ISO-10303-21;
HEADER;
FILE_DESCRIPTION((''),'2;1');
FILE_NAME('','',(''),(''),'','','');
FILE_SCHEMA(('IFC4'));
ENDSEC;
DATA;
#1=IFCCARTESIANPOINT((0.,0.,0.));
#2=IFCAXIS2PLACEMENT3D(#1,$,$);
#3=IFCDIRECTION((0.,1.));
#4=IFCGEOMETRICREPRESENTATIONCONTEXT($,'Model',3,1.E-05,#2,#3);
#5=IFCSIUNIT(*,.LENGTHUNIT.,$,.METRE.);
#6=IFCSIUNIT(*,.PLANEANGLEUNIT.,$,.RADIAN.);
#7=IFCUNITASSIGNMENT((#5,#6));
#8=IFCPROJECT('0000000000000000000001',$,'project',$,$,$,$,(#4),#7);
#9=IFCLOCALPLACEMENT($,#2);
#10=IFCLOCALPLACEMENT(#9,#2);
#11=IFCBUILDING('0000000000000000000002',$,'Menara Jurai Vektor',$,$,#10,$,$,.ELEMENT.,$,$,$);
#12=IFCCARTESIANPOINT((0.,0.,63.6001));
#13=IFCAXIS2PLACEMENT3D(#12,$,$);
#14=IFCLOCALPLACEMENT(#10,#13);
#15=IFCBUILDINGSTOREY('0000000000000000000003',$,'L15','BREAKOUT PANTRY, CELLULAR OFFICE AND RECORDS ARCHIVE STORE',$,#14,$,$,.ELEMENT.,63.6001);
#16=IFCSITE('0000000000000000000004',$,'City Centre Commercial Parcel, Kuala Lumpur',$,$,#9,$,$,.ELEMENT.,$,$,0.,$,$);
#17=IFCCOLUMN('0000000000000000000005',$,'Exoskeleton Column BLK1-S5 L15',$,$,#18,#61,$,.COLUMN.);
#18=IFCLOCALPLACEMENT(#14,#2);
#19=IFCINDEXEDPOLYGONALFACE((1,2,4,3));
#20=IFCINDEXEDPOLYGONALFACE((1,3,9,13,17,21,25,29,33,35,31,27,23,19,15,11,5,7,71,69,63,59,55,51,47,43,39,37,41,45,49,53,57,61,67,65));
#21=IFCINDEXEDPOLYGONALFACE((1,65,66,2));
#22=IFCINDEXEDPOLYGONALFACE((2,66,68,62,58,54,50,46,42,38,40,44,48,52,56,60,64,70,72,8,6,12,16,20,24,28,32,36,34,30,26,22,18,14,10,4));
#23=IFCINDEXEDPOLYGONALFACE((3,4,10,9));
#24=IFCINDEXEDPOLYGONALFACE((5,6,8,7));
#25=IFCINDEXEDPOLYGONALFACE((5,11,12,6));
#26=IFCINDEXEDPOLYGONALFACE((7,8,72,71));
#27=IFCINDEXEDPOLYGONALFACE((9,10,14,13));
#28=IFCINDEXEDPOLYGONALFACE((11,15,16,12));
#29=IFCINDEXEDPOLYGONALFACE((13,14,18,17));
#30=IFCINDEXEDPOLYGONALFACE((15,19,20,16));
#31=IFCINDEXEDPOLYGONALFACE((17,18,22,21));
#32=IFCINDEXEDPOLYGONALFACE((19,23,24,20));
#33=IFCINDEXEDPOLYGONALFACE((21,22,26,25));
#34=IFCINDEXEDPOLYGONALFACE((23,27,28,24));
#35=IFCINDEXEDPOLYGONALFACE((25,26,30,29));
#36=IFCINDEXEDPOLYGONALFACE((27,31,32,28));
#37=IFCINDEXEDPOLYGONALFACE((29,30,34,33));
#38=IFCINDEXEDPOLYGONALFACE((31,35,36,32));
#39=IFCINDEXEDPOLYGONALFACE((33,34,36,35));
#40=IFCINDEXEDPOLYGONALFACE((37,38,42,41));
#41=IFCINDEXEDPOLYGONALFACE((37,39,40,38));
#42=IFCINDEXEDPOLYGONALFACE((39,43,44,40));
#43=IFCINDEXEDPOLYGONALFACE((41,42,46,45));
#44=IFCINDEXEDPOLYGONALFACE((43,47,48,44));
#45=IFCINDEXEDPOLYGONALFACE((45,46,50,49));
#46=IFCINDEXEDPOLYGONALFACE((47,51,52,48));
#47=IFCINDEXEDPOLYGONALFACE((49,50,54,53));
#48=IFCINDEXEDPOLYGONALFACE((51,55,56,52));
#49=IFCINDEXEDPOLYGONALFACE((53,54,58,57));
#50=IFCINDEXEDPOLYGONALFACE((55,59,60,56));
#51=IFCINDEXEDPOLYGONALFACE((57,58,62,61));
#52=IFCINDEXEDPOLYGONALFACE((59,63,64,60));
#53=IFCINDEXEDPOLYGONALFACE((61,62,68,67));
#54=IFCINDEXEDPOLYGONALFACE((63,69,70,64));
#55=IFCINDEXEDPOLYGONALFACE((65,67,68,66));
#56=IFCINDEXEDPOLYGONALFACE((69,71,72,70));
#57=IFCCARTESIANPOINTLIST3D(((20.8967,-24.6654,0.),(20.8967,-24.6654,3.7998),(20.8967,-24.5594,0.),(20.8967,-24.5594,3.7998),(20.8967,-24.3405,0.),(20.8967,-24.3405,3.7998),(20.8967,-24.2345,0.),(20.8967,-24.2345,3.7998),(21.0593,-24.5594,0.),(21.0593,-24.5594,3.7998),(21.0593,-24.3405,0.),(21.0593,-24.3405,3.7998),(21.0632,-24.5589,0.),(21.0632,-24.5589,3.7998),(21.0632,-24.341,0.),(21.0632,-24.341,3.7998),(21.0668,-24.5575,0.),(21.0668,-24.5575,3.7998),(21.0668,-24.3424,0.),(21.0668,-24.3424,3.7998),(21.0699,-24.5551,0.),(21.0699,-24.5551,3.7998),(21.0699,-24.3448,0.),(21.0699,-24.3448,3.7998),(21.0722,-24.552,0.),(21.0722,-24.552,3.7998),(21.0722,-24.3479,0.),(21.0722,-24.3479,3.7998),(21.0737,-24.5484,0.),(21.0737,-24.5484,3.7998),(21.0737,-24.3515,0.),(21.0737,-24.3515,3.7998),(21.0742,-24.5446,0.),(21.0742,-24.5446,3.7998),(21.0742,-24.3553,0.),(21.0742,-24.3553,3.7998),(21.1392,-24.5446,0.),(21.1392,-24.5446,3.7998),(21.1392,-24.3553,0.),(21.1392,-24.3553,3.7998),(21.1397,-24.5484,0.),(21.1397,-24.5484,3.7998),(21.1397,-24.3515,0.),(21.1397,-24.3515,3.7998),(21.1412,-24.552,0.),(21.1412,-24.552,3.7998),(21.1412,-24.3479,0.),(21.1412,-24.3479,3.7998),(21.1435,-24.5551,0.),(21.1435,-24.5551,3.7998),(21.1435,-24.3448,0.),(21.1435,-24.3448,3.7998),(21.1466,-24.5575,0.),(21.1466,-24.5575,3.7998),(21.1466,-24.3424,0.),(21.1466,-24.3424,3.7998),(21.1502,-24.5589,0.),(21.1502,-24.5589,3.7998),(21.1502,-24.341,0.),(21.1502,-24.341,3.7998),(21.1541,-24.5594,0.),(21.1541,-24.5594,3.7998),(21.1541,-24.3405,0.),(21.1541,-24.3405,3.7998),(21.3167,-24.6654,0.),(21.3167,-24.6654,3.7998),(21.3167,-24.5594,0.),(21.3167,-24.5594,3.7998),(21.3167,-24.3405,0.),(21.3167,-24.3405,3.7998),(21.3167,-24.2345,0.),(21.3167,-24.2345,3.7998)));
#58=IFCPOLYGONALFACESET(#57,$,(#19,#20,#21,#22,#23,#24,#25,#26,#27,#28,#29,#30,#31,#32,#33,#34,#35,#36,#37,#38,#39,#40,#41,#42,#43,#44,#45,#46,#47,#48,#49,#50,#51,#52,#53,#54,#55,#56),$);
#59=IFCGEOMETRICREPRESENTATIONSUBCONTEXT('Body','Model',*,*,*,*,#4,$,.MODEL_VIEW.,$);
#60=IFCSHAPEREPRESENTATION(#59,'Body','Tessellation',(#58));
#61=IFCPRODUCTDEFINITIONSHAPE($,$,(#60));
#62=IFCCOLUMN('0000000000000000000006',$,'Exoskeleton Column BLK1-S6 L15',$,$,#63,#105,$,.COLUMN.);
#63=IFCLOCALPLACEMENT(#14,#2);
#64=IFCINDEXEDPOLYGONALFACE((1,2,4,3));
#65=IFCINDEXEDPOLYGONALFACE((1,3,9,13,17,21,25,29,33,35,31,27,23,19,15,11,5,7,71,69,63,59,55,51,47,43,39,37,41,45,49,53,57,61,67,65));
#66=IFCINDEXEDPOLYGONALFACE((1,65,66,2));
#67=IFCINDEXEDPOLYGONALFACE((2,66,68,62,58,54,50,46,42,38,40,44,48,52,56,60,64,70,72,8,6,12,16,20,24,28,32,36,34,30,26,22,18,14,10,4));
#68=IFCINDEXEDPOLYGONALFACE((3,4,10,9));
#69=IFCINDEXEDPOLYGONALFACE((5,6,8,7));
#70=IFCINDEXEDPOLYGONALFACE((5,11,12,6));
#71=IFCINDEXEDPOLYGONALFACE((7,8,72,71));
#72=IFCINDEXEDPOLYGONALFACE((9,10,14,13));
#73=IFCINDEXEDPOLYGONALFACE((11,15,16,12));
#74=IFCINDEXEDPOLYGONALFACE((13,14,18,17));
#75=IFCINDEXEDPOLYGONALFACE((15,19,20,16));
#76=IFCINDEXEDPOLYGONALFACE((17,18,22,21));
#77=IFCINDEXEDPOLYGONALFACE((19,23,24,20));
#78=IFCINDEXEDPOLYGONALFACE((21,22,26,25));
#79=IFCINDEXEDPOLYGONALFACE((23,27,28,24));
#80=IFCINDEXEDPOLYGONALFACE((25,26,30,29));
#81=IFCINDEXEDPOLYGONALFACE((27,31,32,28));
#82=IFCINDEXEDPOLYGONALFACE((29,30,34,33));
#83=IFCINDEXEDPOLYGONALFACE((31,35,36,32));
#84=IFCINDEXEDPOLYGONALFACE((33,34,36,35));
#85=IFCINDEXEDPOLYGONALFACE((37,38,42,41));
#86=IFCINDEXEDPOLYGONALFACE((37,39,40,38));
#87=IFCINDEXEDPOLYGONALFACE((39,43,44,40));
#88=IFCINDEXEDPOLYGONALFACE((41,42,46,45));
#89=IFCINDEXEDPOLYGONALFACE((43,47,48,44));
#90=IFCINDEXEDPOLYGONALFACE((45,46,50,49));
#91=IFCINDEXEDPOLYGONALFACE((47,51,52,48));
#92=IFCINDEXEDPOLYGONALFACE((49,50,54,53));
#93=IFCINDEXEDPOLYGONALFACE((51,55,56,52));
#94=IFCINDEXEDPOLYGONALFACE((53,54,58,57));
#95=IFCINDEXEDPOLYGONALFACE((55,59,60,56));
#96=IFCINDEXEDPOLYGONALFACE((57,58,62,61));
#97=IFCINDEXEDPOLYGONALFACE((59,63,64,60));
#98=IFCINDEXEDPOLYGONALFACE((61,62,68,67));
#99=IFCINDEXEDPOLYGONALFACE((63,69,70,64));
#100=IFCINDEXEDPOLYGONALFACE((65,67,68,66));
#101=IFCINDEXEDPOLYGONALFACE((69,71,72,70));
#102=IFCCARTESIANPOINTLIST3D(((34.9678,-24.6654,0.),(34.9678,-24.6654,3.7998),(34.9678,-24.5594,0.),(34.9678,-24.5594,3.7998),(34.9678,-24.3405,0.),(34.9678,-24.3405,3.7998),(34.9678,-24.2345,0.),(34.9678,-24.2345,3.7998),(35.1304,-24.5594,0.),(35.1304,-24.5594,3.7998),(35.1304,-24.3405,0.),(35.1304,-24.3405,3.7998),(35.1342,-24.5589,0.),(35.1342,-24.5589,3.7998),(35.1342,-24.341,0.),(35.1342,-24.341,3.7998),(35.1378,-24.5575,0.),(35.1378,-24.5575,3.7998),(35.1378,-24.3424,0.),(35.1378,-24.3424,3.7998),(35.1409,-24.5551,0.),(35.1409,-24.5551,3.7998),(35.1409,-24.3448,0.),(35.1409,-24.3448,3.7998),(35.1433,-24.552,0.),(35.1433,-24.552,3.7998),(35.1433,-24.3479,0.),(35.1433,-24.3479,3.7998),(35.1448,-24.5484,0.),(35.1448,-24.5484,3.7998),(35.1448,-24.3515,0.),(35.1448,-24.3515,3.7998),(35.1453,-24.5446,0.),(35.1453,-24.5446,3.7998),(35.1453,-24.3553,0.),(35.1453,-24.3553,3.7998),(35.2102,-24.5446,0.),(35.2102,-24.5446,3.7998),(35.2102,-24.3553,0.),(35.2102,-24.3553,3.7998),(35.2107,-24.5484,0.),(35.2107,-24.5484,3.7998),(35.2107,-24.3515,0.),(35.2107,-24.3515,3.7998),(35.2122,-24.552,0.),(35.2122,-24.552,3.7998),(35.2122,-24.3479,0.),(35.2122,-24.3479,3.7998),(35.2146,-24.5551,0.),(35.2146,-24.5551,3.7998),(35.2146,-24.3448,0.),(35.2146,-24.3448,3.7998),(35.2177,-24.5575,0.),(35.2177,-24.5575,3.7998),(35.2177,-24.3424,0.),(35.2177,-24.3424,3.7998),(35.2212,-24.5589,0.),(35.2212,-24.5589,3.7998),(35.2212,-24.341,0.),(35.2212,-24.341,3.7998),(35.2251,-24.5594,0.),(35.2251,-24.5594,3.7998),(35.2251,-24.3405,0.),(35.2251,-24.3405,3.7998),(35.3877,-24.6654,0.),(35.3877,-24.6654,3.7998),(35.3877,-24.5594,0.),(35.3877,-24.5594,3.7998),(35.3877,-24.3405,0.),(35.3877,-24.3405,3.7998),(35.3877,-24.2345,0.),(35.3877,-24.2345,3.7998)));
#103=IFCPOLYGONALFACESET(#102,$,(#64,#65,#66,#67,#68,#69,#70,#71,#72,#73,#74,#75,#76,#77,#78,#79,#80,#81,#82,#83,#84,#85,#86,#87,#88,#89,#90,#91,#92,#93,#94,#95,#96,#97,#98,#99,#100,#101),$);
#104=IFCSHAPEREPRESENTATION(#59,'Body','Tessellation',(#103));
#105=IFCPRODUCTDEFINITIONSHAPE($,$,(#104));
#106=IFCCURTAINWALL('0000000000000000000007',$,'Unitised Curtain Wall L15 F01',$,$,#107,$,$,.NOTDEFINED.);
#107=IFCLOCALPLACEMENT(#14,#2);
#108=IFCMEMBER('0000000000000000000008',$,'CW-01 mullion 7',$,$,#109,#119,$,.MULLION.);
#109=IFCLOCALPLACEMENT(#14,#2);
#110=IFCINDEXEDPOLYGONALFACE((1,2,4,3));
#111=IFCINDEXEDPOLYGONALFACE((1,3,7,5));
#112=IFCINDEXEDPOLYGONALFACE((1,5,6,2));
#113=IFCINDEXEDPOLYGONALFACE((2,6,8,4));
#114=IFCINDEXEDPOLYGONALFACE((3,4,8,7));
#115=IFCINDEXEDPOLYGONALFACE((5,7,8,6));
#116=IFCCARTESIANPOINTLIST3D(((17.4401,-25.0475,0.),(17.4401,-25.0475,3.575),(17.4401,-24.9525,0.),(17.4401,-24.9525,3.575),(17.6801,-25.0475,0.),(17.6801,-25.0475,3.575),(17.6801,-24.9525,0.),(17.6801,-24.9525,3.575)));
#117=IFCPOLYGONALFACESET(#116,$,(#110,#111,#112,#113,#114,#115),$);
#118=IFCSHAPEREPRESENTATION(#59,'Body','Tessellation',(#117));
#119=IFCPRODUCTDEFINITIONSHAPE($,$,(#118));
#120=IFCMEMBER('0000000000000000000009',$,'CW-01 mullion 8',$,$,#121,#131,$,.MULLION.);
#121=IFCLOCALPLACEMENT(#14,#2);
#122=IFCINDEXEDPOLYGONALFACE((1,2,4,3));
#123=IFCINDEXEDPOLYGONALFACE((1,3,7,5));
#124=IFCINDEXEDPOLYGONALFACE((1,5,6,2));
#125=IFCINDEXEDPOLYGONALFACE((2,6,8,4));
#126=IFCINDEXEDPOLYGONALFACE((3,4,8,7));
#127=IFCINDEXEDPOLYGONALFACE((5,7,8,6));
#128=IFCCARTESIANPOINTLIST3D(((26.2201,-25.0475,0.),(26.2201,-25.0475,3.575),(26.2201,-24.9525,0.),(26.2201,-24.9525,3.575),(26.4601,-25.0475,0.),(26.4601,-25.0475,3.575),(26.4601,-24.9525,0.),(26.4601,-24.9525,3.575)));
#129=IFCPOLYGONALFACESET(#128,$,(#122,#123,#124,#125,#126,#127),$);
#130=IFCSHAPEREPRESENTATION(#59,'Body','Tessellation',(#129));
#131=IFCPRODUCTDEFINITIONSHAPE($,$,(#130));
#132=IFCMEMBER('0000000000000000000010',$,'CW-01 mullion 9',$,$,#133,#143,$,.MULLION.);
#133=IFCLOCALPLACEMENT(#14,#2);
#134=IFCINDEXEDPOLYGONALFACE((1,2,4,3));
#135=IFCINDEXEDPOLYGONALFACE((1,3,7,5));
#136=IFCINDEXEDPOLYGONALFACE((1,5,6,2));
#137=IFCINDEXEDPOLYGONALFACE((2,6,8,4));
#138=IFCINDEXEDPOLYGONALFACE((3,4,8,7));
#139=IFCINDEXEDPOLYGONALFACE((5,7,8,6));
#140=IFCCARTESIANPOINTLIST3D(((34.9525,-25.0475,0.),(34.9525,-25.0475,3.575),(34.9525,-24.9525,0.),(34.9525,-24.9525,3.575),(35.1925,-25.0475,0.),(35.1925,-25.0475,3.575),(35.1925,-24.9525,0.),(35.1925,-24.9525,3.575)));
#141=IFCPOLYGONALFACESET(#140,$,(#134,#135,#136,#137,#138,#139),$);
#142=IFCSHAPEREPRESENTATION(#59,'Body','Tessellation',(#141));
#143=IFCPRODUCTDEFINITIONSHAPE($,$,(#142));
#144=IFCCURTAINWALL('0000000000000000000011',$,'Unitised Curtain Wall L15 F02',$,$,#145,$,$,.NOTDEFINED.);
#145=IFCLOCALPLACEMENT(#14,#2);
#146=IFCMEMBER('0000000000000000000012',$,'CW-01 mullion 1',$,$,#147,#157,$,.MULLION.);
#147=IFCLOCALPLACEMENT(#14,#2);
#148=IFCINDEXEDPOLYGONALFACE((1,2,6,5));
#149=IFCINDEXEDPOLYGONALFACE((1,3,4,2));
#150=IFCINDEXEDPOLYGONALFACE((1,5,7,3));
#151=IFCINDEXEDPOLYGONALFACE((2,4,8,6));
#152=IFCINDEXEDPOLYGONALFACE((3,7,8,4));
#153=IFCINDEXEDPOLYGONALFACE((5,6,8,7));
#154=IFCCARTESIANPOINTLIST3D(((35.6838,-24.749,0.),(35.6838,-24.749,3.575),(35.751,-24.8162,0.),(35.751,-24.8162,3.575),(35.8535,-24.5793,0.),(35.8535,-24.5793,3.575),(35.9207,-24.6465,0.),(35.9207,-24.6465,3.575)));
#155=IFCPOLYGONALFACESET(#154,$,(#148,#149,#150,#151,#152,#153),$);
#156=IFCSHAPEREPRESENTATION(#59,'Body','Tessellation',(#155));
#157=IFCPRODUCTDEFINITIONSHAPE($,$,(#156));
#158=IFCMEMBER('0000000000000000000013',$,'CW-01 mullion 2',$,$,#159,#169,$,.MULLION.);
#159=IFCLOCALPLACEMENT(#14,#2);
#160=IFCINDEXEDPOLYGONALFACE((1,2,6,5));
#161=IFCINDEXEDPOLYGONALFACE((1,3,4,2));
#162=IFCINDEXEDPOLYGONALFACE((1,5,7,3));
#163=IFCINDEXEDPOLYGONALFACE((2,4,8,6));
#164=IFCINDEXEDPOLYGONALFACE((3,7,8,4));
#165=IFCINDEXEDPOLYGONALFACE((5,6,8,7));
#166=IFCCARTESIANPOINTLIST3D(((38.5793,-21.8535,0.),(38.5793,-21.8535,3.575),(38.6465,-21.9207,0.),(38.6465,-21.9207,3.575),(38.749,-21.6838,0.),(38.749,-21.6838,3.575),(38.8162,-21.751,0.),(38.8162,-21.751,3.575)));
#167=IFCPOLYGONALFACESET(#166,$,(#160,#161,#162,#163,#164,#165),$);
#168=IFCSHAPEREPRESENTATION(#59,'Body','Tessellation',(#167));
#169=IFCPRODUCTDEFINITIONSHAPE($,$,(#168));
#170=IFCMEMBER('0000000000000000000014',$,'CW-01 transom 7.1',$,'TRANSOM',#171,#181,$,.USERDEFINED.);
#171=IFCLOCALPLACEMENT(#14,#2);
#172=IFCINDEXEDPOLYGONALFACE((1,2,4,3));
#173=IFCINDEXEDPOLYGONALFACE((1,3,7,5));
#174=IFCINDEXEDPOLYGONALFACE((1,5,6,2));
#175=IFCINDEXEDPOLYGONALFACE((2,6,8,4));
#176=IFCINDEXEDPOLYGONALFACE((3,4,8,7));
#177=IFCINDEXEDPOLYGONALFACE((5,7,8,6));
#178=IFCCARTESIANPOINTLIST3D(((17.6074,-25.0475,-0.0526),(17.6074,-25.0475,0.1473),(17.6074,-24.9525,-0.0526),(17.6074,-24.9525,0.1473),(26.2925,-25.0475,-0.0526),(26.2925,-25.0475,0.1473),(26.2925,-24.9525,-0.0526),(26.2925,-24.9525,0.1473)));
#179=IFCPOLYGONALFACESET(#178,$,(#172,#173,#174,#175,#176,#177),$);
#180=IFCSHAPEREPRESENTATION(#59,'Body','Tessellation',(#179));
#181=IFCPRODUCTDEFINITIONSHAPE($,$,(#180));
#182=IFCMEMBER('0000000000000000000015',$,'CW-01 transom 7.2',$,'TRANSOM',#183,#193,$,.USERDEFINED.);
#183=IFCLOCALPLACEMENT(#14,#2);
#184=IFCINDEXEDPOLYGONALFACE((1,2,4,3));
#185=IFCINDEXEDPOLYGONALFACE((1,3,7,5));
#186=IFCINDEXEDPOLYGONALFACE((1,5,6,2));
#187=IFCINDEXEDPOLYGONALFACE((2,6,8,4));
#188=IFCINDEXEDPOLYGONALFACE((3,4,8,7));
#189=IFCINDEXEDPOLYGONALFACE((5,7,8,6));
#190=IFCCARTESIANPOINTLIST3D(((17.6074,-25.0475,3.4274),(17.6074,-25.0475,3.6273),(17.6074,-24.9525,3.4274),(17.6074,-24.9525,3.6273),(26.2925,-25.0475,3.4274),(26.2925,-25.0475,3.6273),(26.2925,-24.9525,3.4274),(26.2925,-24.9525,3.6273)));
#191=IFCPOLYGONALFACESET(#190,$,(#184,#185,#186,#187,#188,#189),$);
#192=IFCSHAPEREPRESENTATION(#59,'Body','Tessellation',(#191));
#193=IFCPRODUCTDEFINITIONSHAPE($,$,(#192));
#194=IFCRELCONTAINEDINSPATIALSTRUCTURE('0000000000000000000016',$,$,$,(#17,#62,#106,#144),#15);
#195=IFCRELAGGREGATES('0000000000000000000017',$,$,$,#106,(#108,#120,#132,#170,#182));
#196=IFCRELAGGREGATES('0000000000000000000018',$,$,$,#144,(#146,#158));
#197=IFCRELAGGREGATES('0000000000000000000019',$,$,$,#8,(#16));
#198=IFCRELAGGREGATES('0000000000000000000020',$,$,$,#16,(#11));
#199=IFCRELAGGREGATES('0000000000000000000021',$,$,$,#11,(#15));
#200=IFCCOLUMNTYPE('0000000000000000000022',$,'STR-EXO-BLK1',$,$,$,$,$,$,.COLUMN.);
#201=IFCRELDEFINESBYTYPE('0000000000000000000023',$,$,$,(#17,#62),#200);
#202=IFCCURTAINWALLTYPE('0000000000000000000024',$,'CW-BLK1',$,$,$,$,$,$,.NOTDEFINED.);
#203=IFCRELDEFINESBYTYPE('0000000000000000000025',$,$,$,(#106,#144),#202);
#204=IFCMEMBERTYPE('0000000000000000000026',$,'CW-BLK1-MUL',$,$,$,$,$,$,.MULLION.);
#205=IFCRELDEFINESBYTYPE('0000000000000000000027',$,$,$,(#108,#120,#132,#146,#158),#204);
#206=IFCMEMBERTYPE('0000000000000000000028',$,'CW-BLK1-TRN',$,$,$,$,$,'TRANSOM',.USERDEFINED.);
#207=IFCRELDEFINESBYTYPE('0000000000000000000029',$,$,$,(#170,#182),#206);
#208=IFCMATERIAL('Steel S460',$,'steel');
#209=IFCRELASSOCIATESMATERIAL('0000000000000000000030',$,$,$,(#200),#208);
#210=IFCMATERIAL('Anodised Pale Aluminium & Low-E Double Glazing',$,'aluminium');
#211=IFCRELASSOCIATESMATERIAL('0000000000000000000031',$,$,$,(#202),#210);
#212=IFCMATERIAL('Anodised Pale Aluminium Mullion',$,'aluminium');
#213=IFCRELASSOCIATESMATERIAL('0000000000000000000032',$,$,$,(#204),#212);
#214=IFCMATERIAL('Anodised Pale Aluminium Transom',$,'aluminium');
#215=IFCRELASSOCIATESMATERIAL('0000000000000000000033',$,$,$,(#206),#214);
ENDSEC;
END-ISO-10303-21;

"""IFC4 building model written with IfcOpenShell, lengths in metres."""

from ifc_helpers import new_model, si_unit, direction, frame, origin, origin_2d, place, context, subcontext, project, spatial, rectangle, i_section, extrude, material, material_profile, profile_set, type_object, element, aggregate, save


model = new_model("IFC4")

# Units and contexts
model_context = context("Model", 3, precision=1e-05, world=origin(), true_north=direction((0.0, 1.0)))
body_context = subcontext(model_context, "Body", "Model", "MODEL_VIEW")
ifc_project = project(units=[si_unit("LENGTHUNIT", "METRE"), si_unit("PLANEANGLEUNIT", "RADIAN")], contexts=[model_context])

# Site, building, storey
site_placement = place(None, origin())
site = spatial("IfcSite", under=ifc_project, at=site_placement, Name="City Centre Commercial Parcel, Kuala Lumpur", CompositionType="ELEMENT", RefElevation=0.0)
building_placement = place(site_placement, origin())
building = spatial("IfcBuilding", under=site, at=building_placement, Name="Menara Jurai Vektor", CompositionType="ELEMENT")
storey_placement = place(building_placement, frame((0.0, 0.0, 63.6001)))
storey = spatial("IfcBuildingStorey", under=building, at=storey_placement, Name="L15", Description="BREAKOUT PANTRY, CELLULAR OFFICE AND RECORDS ARCHIVE STORE", CompositionType="ELEMENT", Elevation=63.6001)

# Columns
ifc_material_1 = material(Name="Steel S460", Category="steel")
ifc_material_profile_1 = material_profile(ifc_material_1, i_section(OverallWidth=0.4199, OverallDepth=0.4309, WebThickness=0.0649, FlangeThickness=0.106, FilletRadius=0.0149, at=origin_2d()), Name="HD 400x900")
ifc_profile_set_1 = profile_set([ifc_material_profile_1], Name="Steel S460")
column_type = type_object("IfcColumnType", Name="STR-EXO-BLK1", PredefinedType="COLUMN", material=ifc_profile_set_1)
for number, where, z_axis, x_axis, name in (
    (1, (21.1067, -24.45, 0.0), (0.0, 0.0, 1.0), (1.0, 0.0, 0.0), "Exoskeleton Column BLK1-S5 L15"),
    (2, (35.1777, -24.45, 0.0), (0.0, 0.0, 1.0), (1.0, 0.0, 0.0), "Exoskeleton Column BLK1-S6 L15"),
):
    element("IfcColumn", number, at=place(storey_placement, frame(where, z_axis=z_axis, x_axis=x_axis)), inside=storey, type_object=column_type, Name=name, PredefinedType="COLUMN", context=body_context, shape_type="SweptSolid", body=[
        extrude(i_section(OverallWidth=0.4199, OverallDepth=0.4309, WebThickness=0.0649, FlangeThickness=0.106, FilletRadius=0.0149, at=origin_2d()), origin(), (0.0, 0.0, 1.0), 3.7998),
    ])

# Curtain walls, members
ifc_material_2 = material(Name="Anodised Pale Aluminium & Low-E Double Glazing", Category="aluminium")
curtain_wall_type = type_object("IfcCurtainWallType", Name="CW-BLK1", PredefinedType="NOTDEFINED", material=ifc_material_2)
curtain_wall_1_placement = place(storey_placement, origin())
curtain_wall_1 = element("IfcCurtainWall", 3, at=curtain_wall_1_placement, inside=storey, type_object=curtain_wall_type, Name="Unitised Curtain Wall L15 F01", PredefinedType="NOTDEFINED")
ifc_material_3 = material(Name="Anodised Pale Aluminium Mullion", Category="aluminium")
ifc_material_profile_2 = material_profile(ifc_material_3, rectangle(XDim=0.095, YDim=0.24, at=origin_2d()), Name="ALU MUL 95x240")
ifc_profile_set_2 = profile_set([ifc_material_profile_2], Name="Anodised Pale Aluminium Mullion")
member_type_1 = type_object("IfcMemberType", Name="CW-BLK1-MUL", PredefinedType="MULLION", material=ifc_profile_set_2)
member_1_placement = place(storey_placement, frame((17.5601, -25.0, 0.0), z_axis=(0.0, 0.0, 1.0), x_axis=(0.0, 1.0, 0.0)))
member_1 = element("IfcMember", 4, at=member_1_placement, type_object=member_type_1, Name="CW-01 mullion 7", PredefinedType="MULLION", context=body_context, shape_type="SweptSolid", body=[
    extrude(rectangle(XDim=0.095, YDim=0.24, at=origin_2d()), origin(), (0.0, 0.0, 1.0), 3.575),
])
member_2_placement = place(storey_placement, frame((26.3401, -25.0, 0.0), z_axis=(0.0, 0.0, 1.0), x_axis=(0.0, 1.0, 0.0)))
member_2 = element("IfcMember", 5, at=member_2_placement, type_object=member_type_1, Name="CW-01 mullion 8", PredefinedType="MULLION", context=body_context, shape_type="SweptSolid", body=[
    extrude(rectangle(XDim=0.095, YDim=0.24, at=origin_2d()), origin(), (0.0, 0.0, 1.0), 3.575),
])
member_3_placement = place(storey_placement, frame((35.0725, -25.0, 0.0), z_axis=(0.0, 0.0, 1.0), x_axis=(0.0, 1.0, 0.0)))
member_3 = element("IfcMember", 6, at=member_3_placement, type_object=member_type_1, Name="CW-01 mullion 9", PredefinedType="MULLION", context=body_context, shape_type="SweptSolid", body=[
    extrude(rectangle(XDim=0.095, YDim=0.24, at=origin_2d()), origin(), (0.0, 0.0, 1.0), 3.575),
])
curtain_wall_2_placement = place(storey_placement, origin())
curtain_wall_2 = element("IfcCurtainWall", 7, at=curtain_wall_2_placement, inside=storey, type_object=curtain_wall_type, Name="Unitised Curtain Wall L15 F02", PredefinedType="NOTDEFINED")
member_4_placement = place(storey_placement, frame((35.8022, -24.6978, 0.0), z_axis=(0.0, 0.0, 1.0), x_axis=(-0.707107, 0.707107, 0.0)))
member_4 = element("IfcMember", 8, at=member_4_placement, type_object=member_type_1, Name="CW-01 mullion 1", PredefinedType="MULLION", context=body_context, shape_type="SweptSolid", body=[
    extrude(rectangle(XDim=0.095, YDim=0.24, at=origin_2d()), origin(), (0.0, 0.0, 1.0), 3.575),
])
member_5_placement = place(storey_placement, frame((38.6978, -21.8022, 0.0), z_axis=(0.0, 0.0, 1.0), x_axis=(-0.707107, 0.707107, 0.0)))
member_5 = element("IfcMember", 9, at=member_5_placement, type_object=member_type_1, Name="CW-01 mullion 2", PredefinedType="MULLION", context=body_context, shape_type="SweptSolid", body=[
    extrude(rectangle(XDim=0.095, YDim=0.24, at=origin_2d()), origin(), (0.0, 0.0, 1.0), 3.575),
])

# Members
ifc_material_4 = material(Name="Anodised Pale Aluminium Transom", Category="aluminium")
ifc_material_profile_3 = material_profile(ifc_material_4, rectangle(XDim=0.095, YDim=0.2, at=origin_2d()), Name="ALU TRN 95x200")
ifc_profile_set_3 = profile_set([ifc_material_profile_3], Name="Anodised Pale Aluminium Transom")
member_type_2 = type_object("IfcMemberType", Name="CW-BLK1-TRN", ElementType="TRANSOM", PredefinedType="USERDEFINED", material=ifc_profile_set_3)
member_6_placement = place(storey_placement, frame((17.6074, -25.0, 0.0474), z_axis=(1.0, 0.0, 0.0), x_axis=(0.0, 1.0, 0.0)))
member_6 = element("IfcMember", 10, at=member_6_placement, type_object=member_type_2, Name="CW-01 transom 7.1", ObjectType="TRANSOM", PredefinedType="USERDEFINED", context=body_context, shape_type="SweptSolid", body=[
    extrude(rectangle(XDim=0.095, YDim=0.2, at=origin_2d()), origin(), (0.0, 0.0, 1.0), 8.6851),
])
member_7_placement = place(storey_placement, frame((17.6074, -25.0, 3.5273), z_axis=(1.0, 0.0, 0.0), x_axis=(0.0, 1.0, 0.0)))
member_7 = element("IfcMember", 11, at=member_7_placement, type_object=member_type_2, Name="CW-01 transom 7.2", ObjectType="TRANSOM", PredefinedType="USERDEFINED", context=body_context, shape_type="SweptSolid", body=[
    extrude(rectangle(XDim=0.095, YDim=0.2, at=origin_2d()), origin(), (0.0, 0.0, 1.0), 8.6851),
])

aggregate(curtain_wall_1, [member_1, member_2, member_3, member_6, member_7])
aggregate(curtain_wall_2, [member_4, member_5])

save(model, "model.ifc")
